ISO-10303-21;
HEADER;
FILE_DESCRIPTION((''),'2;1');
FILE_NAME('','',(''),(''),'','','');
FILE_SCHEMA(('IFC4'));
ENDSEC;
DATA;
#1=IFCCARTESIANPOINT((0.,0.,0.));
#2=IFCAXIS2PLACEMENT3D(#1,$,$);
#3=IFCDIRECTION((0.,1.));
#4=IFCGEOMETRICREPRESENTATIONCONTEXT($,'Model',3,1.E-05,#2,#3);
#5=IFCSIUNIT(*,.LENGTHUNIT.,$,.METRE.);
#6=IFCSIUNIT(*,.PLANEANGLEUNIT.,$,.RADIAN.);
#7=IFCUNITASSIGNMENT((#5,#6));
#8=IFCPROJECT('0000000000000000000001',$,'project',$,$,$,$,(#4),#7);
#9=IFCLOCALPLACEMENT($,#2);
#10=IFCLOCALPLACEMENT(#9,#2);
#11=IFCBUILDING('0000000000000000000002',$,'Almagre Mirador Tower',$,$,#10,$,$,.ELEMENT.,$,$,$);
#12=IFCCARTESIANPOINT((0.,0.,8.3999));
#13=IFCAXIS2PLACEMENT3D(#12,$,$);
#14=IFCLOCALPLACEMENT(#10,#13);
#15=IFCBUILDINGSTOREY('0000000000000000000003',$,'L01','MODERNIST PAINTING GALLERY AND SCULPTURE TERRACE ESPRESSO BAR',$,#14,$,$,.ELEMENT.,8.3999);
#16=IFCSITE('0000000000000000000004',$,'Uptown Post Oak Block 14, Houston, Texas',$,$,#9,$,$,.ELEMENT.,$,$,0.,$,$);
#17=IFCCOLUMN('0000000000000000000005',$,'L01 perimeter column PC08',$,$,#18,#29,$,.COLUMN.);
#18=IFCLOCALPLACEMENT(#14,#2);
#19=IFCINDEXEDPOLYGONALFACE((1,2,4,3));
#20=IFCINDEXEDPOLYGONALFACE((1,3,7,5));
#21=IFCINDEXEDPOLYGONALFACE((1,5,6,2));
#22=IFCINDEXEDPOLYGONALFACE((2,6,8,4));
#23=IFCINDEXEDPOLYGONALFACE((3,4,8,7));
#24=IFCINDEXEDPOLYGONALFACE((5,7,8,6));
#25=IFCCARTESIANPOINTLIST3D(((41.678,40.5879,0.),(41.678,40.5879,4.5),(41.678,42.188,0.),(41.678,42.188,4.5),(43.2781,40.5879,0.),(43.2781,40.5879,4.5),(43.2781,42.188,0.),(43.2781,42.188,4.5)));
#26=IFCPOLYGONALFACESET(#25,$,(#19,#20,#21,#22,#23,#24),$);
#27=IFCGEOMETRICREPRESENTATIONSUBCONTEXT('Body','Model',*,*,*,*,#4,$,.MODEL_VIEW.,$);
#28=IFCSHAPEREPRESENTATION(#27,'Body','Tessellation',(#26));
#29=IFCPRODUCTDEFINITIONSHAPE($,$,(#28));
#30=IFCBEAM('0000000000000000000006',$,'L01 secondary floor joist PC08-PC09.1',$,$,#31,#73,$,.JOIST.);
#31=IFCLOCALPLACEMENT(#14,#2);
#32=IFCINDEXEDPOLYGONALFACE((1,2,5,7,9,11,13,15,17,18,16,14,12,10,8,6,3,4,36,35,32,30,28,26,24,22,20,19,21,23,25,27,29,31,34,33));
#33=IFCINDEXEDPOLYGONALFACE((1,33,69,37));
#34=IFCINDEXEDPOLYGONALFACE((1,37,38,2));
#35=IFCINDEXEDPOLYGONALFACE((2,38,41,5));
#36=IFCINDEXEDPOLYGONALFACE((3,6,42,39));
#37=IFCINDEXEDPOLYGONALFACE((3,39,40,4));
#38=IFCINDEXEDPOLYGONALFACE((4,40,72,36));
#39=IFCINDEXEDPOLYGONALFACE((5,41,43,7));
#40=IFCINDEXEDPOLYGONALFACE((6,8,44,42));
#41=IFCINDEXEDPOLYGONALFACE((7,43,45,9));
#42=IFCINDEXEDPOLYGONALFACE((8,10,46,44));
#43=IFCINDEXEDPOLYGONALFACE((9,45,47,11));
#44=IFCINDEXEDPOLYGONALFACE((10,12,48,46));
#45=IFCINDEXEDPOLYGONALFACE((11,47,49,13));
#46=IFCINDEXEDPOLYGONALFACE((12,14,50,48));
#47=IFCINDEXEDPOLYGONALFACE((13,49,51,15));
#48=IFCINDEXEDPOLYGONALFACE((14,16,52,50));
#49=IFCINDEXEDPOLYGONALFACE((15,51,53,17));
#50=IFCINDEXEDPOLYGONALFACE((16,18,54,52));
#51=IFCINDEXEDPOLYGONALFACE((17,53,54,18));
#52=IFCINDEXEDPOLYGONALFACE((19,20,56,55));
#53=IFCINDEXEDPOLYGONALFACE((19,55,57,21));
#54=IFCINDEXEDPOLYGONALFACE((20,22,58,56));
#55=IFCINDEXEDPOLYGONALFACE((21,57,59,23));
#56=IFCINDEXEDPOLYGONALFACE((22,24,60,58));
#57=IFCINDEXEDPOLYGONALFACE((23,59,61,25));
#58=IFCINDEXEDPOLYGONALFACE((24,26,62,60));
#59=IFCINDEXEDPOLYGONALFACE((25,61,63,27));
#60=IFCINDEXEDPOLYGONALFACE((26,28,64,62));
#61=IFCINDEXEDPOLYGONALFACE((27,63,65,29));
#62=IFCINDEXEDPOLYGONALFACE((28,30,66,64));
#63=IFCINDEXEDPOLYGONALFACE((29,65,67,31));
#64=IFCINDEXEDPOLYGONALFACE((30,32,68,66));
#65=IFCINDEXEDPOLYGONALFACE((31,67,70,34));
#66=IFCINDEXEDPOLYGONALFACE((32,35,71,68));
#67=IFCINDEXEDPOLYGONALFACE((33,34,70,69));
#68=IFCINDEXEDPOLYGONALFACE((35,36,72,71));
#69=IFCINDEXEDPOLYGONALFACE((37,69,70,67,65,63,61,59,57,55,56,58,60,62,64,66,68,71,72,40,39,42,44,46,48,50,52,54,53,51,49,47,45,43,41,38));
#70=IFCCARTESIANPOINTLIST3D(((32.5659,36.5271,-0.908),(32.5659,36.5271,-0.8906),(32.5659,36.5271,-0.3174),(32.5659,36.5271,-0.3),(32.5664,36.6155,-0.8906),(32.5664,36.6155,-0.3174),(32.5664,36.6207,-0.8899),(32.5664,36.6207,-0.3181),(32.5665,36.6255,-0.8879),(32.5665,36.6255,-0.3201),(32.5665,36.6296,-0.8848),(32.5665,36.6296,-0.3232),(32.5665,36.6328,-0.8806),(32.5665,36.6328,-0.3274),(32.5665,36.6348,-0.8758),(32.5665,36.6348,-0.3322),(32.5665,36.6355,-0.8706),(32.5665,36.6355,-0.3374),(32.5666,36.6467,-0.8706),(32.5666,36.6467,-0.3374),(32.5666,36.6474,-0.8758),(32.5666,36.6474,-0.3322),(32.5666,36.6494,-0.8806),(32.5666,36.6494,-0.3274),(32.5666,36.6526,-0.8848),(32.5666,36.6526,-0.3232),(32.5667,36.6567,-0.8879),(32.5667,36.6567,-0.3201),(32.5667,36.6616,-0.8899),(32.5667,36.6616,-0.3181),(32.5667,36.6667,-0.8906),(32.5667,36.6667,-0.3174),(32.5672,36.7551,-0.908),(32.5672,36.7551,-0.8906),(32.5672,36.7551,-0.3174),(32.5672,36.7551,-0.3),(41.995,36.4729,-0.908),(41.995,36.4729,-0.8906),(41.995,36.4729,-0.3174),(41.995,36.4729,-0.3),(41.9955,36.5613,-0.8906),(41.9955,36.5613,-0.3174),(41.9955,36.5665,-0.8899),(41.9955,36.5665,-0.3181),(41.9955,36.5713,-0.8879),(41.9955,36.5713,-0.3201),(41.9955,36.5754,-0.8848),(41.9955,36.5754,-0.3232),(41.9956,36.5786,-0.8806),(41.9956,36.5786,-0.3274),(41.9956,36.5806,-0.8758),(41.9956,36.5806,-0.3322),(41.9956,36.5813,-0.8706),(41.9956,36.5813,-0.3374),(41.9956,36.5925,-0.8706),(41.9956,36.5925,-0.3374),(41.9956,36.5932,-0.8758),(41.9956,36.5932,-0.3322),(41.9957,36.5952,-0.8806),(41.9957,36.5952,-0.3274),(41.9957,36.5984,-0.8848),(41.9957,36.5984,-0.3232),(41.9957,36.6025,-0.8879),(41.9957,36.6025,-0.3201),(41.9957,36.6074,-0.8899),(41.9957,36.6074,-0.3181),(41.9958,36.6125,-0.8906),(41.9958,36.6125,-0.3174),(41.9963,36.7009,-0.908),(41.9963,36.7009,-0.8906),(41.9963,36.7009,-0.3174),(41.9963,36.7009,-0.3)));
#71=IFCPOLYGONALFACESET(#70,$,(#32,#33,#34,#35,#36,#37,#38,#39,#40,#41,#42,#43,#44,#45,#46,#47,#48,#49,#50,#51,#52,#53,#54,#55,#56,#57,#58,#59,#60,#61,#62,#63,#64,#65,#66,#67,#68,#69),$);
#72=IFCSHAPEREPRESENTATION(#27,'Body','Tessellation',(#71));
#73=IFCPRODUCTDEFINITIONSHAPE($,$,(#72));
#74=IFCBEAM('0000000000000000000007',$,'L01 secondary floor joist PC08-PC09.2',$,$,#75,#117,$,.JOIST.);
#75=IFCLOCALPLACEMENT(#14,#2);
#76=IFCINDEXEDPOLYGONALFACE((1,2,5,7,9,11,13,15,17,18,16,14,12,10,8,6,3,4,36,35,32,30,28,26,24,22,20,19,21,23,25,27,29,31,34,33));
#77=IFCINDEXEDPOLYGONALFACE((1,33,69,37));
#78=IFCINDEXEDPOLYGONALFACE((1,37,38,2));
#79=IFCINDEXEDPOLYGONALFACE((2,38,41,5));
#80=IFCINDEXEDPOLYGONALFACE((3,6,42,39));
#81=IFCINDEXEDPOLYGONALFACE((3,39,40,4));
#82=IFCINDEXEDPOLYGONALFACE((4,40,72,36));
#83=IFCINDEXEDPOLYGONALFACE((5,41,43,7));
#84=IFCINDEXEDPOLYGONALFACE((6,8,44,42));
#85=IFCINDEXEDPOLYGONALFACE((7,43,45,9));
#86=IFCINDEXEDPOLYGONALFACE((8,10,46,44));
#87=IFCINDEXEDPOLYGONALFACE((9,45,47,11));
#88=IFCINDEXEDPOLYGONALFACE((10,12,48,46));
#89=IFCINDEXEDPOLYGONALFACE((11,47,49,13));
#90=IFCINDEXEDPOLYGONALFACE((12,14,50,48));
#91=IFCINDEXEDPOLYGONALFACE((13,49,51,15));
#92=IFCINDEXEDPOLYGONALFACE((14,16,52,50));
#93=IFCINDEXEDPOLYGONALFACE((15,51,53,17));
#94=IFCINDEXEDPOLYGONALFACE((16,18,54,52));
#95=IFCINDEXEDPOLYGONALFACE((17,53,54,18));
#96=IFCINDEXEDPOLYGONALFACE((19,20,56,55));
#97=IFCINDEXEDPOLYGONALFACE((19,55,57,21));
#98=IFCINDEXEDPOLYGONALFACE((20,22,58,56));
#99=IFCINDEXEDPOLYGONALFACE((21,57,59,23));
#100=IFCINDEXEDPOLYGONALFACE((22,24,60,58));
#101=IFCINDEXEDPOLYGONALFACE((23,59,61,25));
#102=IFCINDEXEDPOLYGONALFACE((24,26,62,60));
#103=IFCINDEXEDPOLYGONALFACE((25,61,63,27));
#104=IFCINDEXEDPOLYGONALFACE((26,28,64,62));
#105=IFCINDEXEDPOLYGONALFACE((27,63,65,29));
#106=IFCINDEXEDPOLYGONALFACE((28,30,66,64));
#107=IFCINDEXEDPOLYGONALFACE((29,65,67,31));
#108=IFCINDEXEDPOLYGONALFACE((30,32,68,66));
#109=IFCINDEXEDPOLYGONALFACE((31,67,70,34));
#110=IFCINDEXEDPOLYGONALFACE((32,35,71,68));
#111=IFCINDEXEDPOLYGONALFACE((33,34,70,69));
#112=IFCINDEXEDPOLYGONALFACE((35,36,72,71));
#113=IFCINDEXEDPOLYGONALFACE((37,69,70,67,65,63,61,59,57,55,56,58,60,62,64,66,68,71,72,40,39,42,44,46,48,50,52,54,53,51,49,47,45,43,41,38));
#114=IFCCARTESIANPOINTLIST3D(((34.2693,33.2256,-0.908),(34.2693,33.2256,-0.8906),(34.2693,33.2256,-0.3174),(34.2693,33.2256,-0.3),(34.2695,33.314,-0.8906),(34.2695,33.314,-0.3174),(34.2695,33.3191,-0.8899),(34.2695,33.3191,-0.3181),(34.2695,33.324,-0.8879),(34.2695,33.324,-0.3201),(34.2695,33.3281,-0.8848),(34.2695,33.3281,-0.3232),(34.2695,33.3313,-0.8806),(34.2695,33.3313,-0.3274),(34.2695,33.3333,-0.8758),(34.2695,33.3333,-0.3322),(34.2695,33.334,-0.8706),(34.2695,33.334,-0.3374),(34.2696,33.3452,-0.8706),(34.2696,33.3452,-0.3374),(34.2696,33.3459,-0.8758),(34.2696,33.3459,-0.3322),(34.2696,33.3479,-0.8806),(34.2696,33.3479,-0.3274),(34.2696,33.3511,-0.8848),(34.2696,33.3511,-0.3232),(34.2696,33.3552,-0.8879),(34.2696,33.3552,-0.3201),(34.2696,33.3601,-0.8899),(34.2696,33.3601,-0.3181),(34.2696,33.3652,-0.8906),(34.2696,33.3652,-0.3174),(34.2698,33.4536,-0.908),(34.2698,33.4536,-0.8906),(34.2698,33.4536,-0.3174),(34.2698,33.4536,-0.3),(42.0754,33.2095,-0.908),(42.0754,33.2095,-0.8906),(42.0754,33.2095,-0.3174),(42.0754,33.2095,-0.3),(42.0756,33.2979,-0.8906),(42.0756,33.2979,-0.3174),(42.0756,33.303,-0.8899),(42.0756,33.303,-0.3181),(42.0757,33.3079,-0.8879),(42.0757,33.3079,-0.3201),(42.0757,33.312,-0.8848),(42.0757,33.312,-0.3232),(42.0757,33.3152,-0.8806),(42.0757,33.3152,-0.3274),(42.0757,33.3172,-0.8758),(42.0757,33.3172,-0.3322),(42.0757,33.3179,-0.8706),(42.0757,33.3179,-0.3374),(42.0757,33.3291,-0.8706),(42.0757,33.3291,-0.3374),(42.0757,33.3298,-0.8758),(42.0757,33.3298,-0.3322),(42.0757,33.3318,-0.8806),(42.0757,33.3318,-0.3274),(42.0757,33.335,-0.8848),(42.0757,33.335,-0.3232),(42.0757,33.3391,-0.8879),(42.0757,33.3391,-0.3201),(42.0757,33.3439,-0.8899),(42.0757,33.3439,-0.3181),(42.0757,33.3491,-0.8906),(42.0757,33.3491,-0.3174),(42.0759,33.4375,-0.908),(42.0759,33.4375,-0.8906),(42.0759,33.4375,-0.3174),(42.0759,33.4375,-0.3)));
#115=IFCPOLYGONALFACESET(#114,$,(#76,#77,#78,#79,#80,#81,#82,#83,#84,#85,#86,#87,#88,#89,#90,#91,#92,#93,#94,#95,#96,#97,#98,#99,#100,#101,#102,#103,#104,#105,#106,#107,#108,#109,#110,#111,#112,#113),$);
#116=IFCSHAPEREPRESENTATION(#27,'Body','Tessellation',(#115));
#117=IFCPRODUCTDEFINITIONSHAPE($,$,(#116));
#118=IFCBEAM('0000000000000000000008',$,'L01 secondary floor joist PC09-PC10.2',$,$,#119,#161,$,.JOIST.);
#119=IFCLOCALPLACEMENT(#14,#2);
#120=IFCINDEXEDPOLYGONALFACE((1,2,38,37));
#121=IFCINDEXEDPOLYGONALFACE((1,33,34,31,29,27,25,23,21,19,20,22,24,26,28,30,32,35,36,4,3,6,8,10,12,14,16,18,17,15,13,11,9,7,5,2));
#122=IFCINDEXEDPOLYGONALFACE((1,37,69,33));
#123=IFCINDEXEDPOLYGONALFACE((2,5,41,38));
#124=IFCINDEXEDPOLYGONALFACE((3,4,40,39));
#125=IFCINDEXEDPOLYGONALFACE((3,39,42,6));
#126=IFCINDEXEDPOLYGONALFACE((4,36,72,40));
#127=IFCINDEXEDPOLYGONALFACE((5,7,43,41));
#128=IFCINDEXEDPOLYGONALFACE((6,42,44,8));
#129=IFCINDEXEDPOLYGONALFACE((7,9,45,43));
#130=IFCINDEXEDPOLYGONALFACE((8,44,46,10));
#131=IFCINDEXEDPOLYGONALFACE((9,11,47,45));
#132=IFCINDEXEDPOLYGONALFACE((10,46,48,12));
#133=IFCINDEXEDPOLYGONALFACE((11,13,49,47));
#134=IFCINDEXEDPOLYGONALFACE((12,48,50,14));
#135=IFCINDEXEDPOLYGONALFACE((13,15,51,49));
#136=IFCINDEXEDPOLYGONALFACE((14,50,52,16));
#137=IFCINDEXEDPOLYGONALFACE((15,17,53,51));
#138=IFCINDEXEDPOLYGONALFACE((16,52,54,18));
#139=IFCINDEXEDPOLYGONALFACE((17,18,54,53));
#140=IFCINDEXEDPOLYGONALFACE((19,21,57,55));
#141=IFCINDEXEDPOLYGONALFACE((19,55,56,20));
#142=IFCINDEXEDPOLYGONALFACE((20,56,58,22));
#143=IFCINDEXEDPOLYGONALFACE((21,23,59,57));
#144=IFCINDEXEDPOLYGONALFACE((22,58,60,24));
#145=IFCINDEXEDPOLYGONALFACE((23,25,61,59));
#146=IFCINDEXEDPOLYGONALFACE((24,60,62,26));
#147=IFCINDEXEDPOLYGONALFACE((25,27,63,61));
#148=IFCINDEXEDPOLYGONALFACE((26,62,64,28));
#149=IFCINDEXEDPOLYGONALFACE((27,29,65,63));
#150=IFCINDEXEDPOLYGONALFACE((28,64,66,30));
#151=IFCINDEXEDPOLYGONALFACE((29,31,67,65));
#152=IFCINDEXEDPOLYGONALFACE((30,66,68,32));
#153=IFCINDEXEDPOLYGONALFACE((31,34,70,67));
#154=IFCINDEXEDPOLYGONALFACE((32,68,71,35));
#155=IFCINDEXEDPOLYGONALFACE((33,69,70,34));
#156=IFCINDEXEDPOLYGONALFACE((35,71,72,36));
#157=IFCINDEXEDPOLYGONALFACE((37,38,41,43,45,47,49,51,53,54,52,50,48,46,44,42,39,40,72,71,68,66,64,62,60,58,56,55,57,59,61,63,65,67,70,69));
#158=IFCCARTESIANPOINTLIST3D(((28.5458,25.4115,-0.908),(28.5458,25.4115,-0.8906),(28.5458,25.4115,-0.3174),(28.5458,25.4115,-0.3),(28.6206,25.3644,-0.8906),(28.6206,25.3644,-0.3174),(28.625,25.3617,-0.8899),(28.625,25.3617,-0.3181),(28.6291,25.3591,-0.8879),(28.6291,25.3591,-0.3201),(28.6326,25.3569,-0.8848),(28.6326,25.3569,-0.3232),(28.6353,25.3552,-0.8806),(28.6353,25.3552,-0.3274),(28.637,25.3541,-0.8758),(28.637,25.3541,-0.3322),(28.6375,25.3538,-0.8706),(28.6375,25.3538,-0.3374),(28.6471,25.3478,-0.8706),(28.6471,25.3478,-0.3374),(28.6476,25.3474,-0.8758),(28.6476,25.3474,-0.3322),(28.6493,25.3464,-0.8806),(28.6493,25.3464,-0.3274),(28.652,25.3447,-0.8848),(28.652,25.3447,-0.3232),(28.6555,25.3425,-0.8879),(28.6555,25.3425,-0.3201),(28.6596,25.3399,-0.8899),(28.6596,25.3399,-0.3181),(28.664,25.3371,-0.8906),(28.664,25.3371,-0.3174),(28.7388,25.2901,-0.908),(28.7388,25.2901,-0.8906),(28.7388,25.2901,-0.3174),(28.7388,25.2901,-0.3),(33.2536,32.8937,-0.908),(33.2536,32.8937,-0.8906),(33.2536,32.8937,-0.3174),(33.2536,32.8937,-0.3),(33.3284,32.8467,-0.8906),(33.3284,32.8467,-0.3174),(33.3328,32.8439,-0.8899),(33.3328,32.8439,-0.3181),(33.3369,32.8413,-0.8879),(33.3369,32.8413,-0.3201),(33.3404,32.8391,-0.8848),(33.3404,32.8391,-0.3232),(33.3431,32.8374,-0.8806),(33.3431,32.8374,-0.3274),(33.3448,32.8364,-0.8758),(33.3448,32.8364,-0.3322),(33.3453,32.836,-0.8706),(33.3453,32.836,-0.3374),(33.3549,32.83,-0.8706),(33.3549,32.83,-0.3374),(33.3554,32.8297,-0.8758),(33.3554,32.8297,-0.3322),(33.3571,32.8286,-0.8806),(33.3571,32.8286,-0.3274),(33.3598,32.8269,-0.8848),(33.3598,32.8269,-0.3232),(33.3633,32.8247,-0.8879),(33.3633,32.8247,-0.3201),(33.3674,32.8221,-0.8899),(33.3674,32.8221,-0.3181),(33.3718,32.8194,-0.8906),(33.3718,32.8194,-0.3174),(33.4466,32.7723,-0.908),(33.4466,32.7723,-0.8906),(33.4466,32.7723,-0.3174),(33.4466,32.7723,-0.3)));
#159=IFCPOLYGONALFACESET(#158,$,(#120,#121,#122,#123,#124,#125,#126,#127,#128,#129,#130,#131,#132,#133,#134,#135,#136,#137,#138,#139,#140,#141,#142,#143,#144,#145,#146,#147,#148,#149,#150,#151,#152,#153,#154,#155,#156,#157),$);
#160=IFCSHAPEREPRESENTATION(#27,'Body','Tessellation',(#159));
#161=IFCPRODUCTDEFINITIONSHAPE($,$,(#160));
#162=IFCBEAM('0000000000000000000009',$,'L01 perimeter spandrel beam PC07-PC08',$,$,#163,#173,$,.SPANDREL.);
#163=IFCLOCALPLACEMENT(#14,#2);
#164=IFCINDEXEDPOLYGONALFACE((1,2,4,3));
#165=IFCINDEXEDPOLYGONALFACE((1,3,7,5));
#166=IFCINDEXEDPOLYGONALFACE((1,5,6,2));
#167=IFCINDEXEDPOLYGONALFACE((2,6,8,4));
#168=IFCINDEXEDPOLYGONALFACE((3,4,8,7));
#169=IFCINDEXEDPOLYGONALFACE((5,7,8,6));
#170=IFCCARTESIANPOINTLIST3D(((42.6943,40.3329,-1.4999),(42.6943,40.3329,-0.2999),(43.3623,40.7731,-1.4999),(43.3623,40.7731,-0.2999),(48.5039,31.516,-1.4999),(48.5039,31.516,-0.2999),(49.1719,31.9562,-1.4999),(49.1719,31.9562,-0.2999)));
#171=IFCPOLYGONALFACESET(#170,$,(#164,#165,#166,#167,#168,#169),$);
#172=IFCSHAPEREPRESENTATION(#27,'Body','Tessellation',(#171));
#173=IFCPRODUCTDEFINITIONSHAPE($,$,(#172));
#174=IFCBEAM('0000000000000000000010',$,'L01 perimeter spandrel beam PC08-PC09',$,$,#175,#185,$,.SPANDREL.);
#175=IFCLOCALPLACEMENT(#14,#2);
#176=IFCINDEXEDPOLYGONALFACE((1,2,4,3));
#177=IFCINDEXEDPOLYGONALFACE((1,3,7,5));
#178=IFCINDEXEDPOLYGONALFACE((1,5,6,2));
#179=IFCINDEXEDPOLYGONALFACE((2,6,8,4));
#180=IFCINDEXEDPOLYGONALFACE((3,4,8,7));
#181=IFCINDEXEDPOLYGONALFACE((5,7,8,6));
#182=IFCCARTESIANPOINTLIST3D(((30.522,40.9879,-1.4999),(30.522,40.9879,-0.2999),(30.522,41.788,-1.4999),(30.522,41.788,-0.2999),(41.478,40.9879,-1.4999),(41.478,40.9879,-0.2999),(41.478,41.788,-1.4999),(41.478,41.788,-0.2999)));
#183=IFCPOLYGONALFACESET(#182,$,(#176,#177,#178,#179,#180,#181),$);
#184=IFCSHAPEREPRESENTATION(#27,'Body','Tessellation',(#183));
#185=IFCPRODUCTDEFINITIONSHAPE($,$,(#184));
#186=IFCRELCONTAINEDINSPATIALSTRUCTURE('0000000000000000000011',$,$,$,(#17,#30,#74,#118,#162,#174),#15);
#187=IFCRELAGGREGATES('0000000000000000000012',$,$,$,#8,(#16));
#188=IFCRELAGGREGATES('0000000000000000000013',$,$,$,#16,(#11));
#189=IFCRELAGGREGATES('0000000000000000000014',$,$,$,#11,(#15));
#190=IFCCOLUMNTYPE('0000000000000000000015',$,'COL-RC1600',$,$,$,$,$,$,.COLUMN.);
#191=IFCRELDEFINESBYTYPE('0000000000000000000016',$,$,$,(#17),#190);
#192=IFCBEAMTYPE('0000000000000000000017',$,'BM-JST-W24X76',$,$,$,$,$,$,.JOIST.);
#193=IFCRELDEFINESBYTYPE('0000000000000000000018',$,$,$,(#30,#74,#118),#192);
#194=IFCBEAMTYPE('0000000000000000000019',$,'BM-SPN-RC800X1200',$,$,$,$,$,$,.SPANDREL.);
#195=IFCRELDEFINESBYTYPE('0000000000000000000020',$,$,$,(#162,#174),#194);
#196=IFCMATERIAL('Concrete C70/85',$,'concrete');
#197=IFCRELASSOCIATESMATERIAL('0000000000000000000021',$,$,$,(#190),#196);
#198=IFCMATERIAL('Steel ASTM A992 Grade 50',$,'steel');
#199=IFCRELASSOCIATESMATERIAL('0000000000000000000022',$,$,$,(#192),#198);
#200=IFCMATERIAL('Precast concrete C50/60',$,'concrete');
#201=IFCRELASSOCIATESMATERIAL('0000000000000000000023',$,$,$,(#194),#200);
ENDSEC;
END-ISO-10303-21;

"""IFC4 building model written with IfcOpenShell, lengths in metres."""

from ifc_helpers import new_model, si_unit, direction, frame, origin, origin_2d, place, context, subcontext, project, spatial, rectangle, i_section, extrude, material, material_profile, profile_set, type_object, element, save


model = new_model("IFC4")

# Units and contexts
model_context = context("Model", 3, precision=1e-05, world=origin(), true_north=direction((0.0, 1.0)))
body_context = subcontext(model_context, "Body", "Model", "MODEL_VIEW")
ifc_project = project(units=[si_unit("LENGTHUNIT", "METRE"), si_unit("PLANEANGLEUNIT", "RADIAN")], contexts=[model_context])

# Site, building, storey
site_placement = place(None, origin())
site = spatial("IfcSite", under=ifc_project, at=site_placement, Name="Uptown Post Oak Block 14, Houston, Texas", CompositionType="ELEMENT", RefElevation=0.0)
building_placement = place(site_placement, origin())
building = spatial("IfcBuilding", under=site, at=building_placement, Name="Almagre Mirador Tower", CompositionType="ELEMENT")
storey_placement = place(building_placement, frame((0.0, 0.0, 8.3999)))
storey = spatial("IfcBuildingStorey", under=building, at=storey_placement, Name="L01", Description="MODERNIST PAINTING GALLERY AND SCULPTURE TERRACE ESPRESSO BAR", CompositionType="ELEMENT", Elevation=8.3999)

# Column
ifc_material_1 = material(Name="Concrete C70/85", Category="concrete")
ifc_material_profile_1 = material_profile(ifc_material_1, rectangle(XDim=1.6001, YDim=1.6001, at=origin_2d()), Name="RC1600X1600")
ifc_profile_set_1 = profile_set([ifc_material_profile_1], Name="Concrete C70/85")
column_type = type_object("IfcColumnType", Name="COL-RC1600", PredefinedType="COLUMN", material=ifc_profile_set_1)
column_placement = place(storey_placement, frame((42.478, 41.3879, 0.0), z_axis=(0.0, 0.0, 1.0), x_axis=(1.0, 0.0, 0.0)))
element("IfcColumn", 1, at=column_placement, inside=storey, type_object=column_type, Name="L01 perimeter column PC08", PredefinedType="COLUMN", context=body_context, shape_type="SweptSolid", body=[
    extrude(rectangle(XDim=1.6001, YDim=1.6001, at=origin_2d()), origin(), (0.0, 0.0, 1.0), 4.5),
])

# Beams
ifc_material_2 = material(Name="Steel ASTM A992 Grade 50", Category="steel")
ifc_material_profile_2 = material_profile(ifc_material_2, i_section(OverallWidth=0.228, OverallDepth=0.6079, WebThickness=0.0112, FlangeThickness=0.0173, FilletRadius=0.02, at=origin_2d()), Name="W24X76")
ifc_profile_set_2 = profile_set([ifc_material_profile_2], Name="Steel ASTM A992 Grade 50")
beam_type_1 = type_object("IfcBeamType", Name="BM-JST-W24X76", PredefinedType="JOIST", material=ifc_profile_set_2)
beam_1_placement = place(storey_placement, frame((41.9956, 36.5869, -0.604), z_axis=(-0.999983, 0.005748, 0.0), x_axis=(-0.005748, -0.999983, 0.0)))
element("IfcBeam", 2, at=beam_1_placement, inside=storey, type_object=beam_type_1, Name="L01 secondary floor joist PC08-PC09.1", PredefinedType="JOIST", context=body_context, shape_type="SweptSolid", body=[
    extrude(i_section(OverallWidth=0.228, OverallDepth=0.6079, WebThickness=0.0112, FlangeThickness=0.0173, FilletRadius=0.02, at=origin_2d()), origin(), (0.0, 0.0, 1.0), 9.4292),
])
beam_2_placement = place(storey_placement, frame((42.0757, 33.3235, -0.604), z_axis=(-0.999998, 0.002064, 0.0), x_axis=(-0.002064, -0.999998, 0.0)))
element("IfcBeam", 3, at=beam_2_placement, inside=storey, type_object=beam_type_1, Name="L01 secondary floor joist PC08-PC09.2", PredefinedType="JOIST", context=body_context, shape_type="SweptSolid", body=[
    extrude(i_section(OverallWidth=0.228, OverallDepth=0.6079, WebThickness=0.0112, FlangeThickness=0.0173, FilletRadius=0.02, at=origin_2d()), origin(), (0.0, 0.0, 1.0), 7.8062),
])
beam_3_placement = place(storey_placement, frame((33.3501, 32.833, -0.604), z_axis=(-0.532551, -0.846398, 0.0), x_axis=(0.846398, -0.532551, 0.0)))
element("IfcBeam", 4, at=beam_3_placement, inside=storey, type_object=beam_type_1, Name="L01 secondary floor joist PC09-PC10.2", PredefinedType="JOIST", context=body_context, shape_type="SweptSolid", body=[
    extrude(i_section(OverallWidth=0.228, OverallDepth=0.6079, WebThickness=0.0112, FlangeThickness=0.0173, FilletRadius=0.02, at=origin_2d()), origin(), (0.0, 0.0, 1.0), 8.8401),
])
ifc_material_3 = material(Name="Precast concrete C50/60", Category="concrete")
ifc_material_profile_3 = material_profile(ifc_material_3, rectangle(XDim=0.8, YDim=1.2, at=origin_2d()), Name="RC800X1200")
ifc_profile_set_3 = profile_set([ifc_material_profile_3], Name="Precast concrete C50/60")
beam_type_2 = type_object("IfcBeamType", Name="BM-SPN-RC800X1200", PredefinedType="SPANDREL", material=ifc_profile_set_3)
beam_4_placement = place(storey_placement, frame((48.8379, 31.7361, -0.8999), z_axis=(-0.55021, 0.835026, 0.0), x_axis=(-0.835026, -0.55021, 0.0)))
element("IfcBeam", 5, at=beam_4_placement, inside=storey, type_object=beam_type_2, Name="L01 perimeter spandrel beam PC07-PC08", PredefinedType="SPANDREL", context=body_context, shape_type="SweptSolid", body=[
    extrude(rectangle(XDim=0.8, YDim=1.2, at=origin_2d()), origin(), (0.0, 0.0, 1.0), 10.5588),
])
beam_5_placement = place(storey_placement, frame((41.478, 41.3879, -0.8999), z_axis=(-1.0, 0.0, 0.0), x_axis=(0.0, -1.0, 0.0)))
element("IfcBeam", 6, at=beam_5_placement, inside=storey, type_object=beam_type_2, Name="L01 perimeter spandrel beam PC08-PC09", PredefinedType="SPANDREL", context=body_context, shape_type="SweptSolid", body=[
    extrude(rectangle(XDim=0.8, YDim=1.2, at=origin_2d()), origin(), (0.0, 0.0, 1.0), 10.9561),
])

save(model, "model.ifc")
